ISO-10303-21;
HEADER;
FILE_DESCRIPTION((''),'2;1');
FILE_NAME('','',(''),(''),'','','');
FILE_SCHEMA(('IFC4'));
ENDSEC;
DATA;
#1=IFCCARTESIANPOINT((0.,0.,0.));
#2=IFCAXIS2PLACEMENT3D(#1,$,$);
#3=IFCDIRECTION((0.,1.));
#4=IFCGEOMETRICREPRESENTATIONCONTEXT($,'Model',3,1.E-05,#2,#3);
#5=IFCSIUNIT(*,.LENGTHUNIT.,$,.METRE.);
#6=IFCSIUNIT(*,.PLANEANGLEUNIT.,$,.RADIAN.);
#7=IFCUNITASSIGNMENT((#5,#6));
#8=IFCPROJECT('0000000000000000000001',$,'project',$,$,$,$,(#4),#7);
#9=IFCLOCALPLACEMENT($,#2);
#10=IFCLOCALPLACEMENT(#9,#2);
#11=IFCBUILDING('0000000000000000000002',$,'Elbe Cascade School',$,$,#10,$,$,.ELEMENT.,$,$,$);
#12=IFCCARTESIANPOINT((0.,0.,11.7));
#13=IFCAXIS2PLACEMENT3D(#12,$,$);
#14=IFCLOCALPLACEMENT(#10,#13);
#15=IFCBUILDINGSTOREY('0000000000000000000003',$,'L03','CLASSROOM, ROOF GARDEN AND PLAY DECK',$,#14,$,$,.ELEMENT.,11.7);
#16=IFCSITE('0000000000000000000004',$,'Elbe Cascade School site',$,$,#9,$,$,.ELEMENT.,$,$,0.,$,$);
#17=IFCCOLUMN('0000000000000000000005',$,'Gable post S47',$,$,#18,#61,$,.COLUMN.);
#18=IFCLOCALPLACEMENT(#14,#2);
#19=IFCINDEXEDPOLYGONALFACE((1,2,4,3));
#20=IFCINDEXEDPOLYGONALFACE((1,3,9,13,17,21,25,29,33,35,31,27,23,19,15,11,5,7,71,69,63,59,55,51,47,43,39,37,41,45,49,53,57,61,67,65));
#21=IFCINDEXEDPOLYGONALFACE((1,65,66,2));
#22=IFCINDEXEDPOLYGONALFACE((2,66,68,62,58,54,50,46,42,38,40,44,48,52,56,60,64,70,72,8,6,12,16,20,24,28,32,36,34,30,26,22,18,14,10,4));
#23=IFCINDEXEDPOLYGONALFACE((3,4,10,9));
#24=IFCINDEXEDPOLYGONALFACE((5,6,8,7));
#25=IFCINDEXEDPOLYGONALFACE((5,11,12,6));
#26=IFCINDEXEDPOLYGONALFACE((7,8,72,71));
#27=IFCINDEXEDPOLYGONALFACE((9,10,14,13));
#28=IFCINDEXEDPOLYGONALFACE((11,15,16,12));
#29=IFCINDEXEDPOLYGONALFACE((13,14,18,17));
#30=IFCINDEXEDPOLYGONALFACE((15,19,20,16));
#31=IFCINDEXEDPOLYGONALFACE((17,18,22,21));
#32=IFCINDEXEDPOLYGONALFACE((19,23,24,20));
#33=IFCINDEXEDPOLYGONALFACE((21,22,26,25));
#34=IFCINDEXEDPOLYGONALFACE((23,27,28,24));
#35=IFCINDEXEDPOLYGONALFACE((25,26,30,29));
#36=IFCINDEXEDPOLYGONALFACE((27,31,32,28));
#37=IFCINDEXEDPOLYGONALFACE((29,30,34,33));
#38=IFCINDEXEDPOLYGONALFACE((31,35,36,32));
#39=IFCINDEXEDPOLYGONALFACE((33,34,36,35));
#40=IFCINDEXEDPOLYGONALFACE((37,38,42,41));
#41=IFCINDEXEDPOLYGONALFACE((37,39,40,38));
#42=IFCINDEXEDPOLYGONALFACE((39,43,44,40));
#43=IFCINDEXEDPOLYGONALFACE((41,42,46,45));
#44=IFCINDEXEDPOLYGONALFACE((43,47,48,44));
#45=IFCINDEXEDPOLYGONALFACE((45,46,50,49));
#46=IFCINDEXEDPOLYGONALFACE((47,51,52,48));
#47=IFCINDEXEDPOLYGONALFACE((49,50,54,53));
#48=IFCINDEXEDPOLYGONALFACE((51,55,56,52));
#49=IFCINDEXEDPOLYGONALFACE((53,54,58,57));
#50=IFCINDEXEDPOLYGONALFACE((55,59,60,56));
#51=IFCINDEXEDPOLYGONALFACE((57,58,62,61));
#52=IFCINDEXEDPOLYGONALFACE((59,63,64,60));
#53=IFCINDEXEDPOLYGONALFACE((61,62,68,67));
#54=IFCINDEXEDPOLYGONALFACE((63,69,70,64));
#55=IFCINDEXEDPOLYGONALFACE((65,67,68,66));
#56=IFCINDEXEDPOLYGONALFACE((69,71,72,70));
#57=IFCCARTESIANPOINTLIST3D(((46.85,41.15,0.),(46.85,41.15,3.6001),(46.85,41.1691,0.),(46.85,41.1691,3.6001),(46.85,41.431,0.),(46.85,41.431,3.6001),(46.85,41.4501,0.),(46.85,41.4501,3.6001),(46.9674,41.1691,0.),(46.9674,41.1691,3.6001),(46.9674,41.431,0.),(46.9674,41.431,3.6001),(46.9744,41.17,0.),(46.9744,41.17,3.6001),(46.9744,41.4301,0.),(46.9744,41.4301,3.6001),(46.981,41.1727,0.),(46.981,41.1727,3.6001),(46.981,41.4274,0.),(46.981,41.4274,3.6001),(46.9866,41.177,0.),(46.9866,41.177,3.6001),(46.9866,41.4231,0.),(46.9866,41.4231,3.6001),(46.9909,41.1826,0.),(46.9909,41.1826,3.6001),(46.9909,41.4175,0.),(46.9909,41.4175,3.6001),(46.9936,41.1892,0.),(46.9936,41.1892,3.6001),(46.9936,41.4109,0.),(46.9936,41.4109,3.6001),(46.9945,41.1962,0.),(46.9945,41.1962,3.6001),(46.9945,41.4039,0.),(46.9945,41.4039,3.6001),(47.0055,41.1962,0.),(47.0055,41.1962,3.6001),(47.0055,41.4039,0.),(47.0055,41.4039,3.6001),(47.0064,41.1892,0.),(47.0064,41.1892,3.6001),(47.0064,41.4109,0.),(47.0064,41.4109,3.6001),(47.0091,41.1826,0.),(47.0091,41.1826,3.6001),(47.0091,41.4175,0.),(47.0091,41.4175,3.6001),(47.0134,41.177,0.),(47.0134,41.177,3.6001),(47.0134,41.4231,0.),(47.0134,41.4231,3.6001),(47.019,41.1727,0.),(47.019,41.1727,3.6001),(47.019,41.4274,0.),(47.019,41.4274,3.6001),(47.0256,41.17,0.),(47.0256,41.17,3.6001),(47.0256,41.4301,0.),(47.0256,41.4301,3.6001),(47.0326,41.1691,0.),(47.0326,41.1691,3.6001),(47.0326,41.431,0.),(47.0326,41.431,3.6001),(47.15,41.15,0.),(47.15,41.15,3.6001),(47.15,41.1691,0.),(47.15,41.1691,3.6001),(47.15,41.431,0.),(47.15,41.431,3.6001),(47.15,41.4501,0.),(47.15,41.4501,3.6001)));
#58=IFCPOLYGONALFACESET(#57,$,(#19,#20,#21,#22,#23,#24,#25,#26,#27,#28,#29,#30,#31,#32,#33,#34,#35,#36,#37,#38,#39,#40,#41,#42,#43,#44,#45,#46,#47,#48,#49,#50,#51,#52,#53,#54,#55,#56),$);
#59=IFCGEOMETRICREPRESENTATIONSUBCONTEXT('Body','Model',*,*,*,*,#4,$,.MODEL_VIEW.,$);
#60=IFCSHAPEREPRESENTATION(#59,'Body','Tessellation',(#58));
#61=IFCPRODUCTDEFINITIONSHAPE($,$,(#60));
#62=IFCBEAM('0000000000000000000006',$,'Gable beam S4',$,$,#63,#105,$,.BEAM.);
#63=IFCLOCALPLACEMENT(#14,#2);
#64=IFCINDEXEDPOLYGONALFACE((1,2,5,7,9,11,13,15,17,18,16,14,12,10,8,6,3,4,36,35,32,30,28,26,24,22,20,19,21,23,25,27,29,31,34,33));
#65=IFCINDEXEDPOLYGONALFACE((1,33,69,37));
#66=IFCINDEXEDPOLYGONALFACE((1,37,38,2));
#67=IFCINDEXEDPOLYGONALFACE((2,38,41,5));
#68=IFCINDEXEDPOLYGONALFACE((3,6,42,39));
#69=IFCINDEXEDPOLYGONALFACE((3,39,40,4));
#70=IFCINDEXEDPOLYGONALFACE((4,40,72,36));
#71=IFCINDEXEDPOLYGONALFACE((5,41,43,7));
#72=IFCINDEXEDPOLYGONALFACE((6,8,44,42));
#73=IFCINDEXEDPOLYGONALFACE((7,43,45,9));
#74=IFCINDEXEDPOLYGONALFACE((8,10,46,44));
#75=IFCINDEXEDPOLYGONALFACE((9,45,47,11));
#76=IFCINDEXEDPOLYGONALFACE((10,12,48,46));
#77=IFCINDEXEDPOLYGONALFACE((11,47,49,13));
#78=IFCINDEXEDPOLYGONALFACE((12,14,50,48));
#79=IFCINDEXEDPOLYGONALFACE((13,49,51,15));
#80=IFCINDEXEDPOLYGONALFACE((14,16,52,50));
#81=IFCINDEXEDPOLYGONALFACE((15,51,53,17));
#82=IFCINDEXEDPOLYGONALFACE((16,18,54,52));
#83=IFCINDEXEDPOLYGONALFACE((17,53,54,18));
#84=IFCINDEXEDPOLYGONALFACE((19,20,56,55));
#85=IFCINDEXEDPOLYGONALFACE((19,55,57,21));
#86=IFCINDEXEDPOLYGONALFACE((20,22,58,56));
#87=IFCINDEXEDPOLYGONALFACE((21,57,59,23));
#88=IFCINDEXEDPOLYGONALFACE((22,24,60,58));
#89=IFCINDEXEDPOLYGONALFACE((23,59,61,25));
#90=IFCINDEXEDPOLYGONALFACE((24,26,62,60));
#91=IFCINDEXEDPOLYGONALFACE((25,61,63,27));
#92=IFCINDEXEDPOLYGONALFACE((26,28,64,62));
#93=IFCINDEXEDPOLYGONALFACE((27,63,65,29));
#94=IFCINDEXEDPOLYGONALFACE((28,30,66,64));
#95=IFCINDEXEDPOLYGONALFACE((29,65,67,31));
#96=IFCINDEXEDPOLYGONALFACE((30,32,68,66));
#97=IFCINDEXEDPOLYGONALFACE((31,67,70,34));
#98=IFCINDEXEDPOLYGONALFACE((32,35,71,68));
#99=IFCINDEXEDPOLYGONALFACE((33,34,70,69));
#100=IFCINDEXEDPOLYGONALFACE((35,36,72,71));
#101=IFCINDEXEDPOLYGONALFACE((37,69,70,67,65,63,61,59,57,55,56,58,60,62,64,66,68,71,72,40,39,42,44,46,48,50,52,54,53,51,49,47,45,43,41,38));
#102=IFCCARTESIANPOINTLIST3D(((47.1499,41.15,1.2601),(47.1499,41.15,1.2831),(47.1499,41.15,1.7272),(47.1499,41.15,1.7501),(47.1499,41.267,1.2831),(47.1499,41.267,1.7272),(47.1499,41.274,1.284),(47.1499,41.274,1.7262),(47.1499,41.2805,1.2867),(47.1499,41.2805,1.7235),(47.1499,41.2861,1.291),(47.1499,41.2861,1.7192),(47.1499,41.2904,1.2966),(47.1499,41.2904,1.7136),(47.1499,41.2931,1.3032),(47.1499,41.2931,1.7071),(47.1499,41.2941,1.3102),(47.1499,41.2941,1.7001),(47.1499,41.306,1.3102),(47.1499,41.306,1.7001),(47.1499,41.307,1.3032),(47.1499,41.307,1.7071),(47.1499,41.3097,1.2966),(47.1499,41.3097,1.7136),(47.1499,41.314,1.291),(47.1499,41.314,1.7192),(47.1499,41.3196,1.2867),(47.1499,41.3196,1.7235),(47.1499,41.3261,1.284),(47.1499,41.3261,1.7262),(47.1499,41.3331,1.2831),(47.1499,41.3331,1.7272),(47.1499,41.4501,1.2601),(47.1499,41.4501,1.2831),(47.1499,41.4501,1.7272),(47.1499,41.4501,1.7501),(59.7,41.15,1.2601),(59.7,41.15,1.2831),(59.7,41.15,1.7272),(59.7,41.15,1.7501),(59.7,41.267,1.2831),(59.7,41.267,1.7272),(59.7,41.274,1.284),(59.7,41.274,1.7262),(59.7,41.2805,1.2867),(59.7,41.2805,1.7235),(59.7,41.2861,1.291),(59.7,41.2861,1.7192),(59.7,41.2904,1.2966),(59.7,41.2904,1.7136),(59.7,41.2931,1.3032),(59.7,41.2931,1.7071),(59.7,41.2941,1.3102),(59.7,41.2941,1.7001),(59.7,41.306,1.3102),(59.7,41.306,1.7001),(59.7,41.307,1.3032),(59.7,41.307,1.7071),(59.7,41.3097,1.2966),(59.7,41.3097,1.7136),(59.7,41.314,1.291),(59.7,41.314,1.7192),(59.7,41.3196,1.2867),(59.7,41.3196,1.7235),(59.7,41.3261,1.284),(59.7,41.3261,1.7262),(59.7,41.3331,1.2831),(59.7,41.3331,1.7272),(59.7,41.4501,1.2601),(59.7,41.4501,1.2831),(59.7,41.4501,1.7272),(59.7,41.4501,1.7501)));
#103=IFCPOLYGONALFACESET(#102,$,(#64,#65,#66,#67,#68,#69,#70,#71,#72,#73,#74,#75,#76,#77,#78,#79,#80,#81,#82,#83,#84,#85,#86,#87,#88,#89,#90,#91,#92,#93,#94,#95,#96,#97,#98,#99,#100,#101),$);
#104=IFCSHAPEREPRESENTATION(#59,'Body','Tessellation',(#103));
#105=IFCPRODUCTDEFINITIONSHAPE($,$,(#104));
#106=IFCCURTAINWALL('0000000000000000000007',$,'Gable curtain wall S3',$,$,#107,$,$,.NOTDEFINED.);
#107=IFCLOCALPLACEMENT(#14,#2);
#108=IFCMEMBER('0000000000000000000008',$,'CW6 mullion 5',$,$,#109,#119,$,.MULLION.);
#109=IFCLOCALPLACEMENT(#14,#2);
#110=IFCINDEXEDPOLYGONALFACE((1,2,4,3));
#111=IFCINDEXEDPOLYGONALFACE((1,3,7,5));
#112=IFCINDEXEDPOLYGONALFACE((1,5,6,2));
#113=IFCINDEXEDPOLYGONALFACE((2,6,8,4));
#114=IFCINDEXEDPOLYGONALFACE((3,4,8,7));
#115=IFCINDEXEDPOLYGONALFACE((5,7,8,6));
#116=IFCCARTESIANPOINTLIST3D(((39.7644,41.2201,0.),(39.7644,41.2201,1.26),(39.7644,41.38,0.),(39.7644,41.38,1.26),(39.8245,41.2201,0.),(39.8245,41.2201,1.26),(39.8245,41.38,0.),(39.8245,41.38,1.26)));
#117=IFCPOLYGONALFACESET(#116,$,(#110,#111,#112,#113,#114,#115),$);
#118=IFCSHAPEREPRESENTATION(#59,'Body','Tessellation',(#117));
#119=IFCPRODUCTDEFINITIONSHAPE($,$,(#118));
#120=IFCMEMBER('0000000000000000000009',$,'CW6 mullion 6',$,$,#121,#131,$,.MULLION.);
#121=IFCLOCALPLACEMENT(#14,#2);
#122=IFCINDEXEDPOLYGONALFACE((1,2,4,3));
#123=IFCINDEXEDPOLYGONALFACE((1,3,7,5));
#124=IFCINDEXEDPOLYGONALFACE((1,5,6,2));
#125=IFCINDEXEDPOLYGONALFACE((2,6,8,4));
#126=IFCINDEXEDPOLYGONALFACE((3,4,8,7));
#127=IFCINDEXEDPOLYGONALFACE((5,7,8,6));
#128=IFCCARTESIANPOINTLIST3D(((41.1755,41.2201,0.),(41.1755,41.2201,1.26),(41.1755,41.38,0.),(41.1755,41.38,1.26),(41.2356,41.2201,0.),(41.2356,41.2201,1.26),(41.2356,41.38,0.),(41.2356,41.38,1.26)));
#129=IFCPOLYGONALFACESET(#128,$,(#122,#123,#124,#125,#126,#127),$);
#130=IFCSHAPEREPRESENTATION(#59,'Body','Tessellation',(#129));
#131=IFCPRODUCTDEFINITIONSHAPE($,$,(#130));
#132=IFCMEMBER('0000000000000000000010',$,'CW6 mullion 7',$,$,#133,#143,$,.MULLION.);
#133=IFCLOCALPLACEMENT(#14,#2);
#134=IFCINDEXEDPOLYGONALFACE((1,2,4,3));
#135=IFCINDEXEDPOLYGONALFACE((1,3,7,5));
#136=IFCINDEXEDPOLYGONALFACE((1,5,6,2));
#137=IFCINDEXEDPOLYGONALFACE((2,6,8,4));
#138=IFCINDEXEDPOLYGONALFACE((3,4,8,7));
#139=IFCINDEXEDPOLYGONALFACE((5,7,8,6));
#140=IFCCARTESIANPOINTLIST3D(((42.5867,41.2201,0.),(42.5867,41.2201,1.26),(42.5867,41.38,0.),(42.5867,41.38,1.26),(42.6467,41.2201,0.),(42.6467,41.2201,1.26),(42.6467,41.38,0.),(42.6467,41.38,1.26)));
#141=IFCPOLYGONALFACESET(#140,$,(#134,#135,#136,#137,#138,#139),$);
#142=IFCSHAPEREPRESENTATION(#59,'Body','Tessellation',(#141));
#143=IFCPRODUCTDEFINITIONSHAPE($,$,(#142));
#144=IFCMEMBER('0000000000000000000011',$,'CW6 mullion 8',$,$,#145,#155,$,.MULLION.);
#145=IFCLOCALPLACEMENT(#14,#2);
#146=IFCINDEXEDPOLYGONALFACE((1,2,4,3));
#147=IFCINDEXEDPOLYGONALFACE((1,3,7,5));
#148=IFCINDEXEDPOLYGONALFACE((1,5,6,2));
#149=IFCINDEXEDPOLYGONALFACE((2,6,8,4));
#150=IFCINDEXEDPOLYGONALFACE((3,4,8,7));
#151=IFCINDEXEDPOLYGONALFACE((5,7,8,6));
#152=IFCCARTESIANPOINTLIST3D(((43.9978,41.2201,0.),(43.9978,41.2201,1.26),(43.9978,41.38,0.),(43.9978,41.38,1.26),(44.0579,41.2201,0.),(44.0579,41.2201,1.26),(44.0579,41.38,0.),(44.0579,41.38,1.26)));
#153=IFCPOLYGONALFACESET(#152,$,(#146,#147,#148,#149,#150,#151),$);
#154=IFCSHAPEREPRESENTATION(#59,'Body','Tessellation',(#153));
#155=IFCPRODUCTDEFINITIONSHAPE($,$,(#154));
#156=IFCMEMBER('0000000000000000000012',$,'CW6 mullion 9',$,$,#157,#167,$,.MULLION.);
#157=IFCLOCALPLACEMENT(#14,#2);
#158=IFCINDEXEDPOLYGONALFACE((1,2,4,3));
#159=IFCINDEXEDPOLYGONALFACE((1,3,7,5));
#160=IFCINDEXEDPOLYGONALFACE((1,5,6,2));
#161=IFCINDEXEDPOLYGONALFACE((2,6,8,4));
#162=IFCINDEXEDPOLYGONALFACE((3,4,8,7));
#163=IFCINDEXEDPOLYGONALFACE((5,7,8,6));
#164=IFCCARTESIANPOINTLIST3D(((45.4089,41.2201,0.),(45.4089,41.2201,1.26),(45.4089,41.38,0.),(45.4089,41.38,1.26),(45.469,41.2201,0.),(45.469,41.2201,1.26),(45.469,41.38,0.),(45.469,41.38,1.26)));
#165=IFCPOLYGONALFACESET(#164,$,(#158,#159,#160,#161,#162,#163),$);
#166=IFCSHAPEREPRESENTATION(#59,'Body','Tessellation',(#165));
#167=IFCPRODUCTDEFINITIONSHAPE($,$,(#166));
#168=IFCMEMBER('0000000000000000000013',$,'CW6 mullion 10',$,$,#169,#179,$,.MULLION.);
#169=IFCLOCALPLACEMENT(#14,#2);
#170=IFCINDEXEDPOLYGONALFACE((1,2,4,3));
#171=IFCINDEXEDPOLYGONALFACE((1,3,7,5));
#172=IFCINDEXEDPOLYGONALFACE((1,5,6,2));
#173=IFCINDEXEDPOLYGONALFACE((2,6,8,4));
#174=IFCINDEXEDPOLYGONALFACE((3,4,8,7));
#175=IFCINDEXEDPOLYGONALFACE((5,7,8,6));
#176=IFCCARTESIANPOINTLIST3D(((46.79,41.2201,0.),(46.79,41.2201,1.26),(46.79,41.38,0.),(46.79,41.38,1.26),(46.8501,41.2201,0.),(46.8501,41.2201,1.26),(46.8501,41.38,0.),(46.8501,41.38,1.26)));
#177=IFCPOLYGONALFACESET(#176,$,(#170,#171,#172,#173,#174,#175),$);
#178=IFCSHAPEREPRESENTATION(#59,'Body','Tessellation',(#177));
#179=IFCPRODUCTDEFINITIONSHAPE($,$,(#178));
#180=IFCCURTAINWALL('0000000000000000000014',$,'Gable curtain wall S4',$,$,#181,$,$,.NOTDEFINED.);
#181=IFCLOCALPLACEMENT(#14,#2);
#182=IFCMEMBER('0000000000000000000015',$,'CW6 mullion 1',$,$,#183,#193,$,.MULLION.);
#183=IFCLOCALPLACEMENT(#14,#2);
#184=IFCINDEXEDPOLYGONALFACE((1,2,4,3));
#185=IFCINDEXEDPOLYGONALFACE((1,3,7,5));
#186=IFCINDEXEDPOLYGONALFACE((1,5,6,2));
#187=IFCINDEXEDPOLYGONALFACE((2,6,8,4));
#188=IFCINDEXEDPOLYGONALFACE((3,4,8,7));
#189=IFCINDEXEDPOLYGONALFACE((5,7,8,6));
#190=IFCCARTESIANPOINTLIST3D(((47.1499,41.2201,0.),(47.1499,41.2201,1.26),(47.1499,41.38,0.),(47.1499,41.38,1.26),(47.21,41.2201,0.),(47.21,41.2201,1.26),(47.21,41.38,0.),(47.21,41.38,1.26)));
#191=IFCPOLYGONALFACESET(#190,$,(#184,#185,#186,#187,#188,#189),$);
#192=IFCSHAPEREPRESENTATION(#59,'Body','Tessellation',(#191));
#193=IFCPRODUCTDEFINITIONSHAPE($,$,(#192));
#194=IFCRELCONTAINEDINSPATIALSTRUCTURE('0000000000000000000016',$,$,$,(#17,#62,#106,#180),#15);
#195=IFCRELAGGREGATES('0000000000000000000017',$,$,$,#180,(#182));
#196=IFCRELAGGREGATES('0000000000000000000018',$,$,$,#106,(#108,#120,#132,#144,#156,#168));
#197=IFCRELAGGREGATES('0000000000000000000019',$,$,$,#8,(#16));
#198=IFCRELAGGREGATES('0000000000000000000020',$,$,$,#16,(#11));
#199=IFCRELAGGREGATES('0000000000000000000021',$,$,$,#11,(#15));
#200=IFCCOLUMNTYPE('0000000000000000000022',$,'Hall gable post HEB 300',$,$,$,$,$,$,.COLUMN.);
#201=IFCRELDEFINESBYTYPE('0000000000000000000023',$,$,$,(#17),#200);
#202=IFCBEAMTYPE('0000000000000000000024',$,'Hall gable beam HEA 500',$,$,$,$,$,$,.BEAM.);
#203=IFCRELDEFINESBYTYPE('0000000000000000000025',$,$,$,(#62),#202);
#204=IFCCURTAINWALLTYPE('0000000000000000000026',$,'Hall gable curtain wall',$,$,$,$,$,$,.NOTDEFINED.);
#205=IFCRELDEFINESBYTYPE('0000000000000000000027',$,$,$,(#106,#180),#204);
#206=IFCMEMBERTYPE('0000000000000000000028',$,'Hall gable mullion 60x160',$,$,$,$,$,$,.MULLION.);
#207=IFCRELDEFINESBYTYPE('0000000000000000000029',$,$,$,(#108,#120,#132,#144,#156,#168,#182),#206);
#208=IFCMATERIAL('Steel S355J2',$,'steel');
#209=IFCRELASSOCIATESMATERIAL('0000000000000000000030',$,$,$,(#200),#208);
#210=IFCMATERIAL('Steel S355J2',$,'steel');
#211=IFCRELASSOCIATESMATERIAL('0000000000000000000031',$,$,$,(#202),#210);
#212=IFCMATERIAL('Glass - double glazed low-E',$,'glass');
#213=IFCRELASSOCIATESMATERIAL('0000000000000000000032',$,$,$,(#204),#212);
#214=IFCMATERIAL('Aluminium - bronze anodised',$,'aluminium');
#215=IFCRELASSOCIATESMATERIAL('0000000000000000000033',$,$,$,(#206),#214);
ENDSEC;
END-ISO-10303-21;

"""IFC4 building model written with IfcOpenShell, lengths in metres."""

from ifc_helpers import new_model, si_unit, direction, frame, origin, origin_2d, place, context, subcontext, project, spatial, rectangle, i_section, extrude, material, material_profile, profile_set, type_object, element, aggregate, save


model = new_model("IFC4")

# Units and contexts
model_context = context("Model", 3, precision=1e-05, world=origin(), true_north=direction((0.0, 1.0)))
body_context = subcontext(model_context, "Body", "Model", "MODEL_VIEW")
ifc_project = project(units=[si_unit("LENGTHUNIT", "METRE"), si_unit("PLANEANGLEUNIT", "RADIAN")], contexts=[model_context])

# Site, building, storey
site_placement = place(None, origin())
site = spatial("IfcSite", under=ifc_project, at=site_placement, Name="Elbe Cascade School site", CompositionType="ELEMENT", RefElevation=0.0)
building_placement = place(site_placement, origin())
building = spatial("IfcBuilding", under=site, at=building_placement, Name="Elbe Cascade School", CompositionType="ELEMENT")
storey_placement = place(building_placement, frame((0.0, 0.0, 11.7)))
storey = spatial("IfcBuildingStorey", under=building, at=storey_placement, Name="L03", Description="CLASSROOM, ROOF GARDEN AND PLAY DECK", CompositionType="ELEMENT", Elevation=11.7)

# Column
ifc_material_1 = material(Name="Steel S355J2", Category="steel")
ifc_material_profile_1 = material_profile(ifc_material_1, i_section(OverallWidth=0.3, OverallDepth=0.3, WebThickness=0.011, FlangeThickness=0.019, FilletRadius=0.0271, at=origin_2d()), Name="HEB 300")
ifc_profile_set_1 = profile_set([ifc_material_profile_1], Name="Steel S355J2")
column_type = type_object("IfcColumnType", Name="Hall gable post HEB 300", PredefinedType="COLUMN", material=ifc_profile_set_1)
column_placement = place(storey_placement, frame((47.0, 41.3, 0.0), z_axis=(0.0, 0.0, 1.0), x_axis=(1.0, 0.0, 0.0)))
element("IfcColumn", 1, at=column_placement, inside=storey, type_object=column_type, Name="Gable post S47", PredefinedType="COLUMN", context=body_context, shape_type="SweptSolid", body=[
    extrude(i_section(OverallWidth=0.3, OverallDepth=0.3, WebThickness=0.011, FlangeThickness=0.019, FilletRadius=0.0271, at=origin_2d()), origin(), (0.0, 0.0, 1.0), 3.6001),
])

# Beam
ifc_material_2 = material(Name="Steel S355J2", Category="steel")
ifc_material_profile_2 = material_profile(ifc_material_2, i_section(OverallWidth=0.3, OverallDepth=0.49, WebThickness=0.012, FlangeThickness=0.0229, FilletRadius=0.0271, at=origin_2d()), Name="HEA 500")
ifc_profile_set_2 = profile_set([ifc_material_profile_2], Name="Steel S355J2")
beam_type = type_object("IfcBeamType", Name="Hall gable beam HEA 500", PredefinedType="BEAM", material=ifc_profile_set_2)
beam_placement = place(storey_placement, frame((47.1499, 41.3, 1.5051), z_axis=(1.0, 0.0, 0.0), x_axis=(0.0, 1.0, 0.0)))
element("IfcBeam", 2, at=beam_placement, inside=storey, type_object=beam_type, Name="Gable beam S4", PredefinedType="BEAM", context=body_context, shape_type="SweptSolid", body=[
    extrude(i_section(OverallWidth=0.3, OverallDepth=0.49, WebThickness=0.012, FlangeThickness=0.0229, FilletRadius=0.0271, at=origin_2d()), origin(), (0.0, 0.0, 1.0), 12.55),
])

# Curtain wall, members
ifc_material_3 = material(Name="Glass - double glazed low-E", Category="glass")
curtain_wall_type = type_object("IfcCurtainWallType", Name="Hall gable curtain wall", PredefinedType="NOTDEFINED", material=ifc_material_3)
curtain_wall_1_placement = place(storey_placement, origin())
curtain_wall_1 = element("IfcCurtainWall", 3, at=curtain_wall_1_placement, inside=storey, type_object=curtain_wall_type, Name="Gable curtain wall S3", PredefinedType="NOTDEFINED")
ifc_material_4 = material(Name="Aluminium - bronze anodised", Category="aluminium")
ifc_material_profile_3 = material_profile(ifc_material_4, rectangle(XDim=0.1599, YDim=0.0601, at=origin_2d()), Name="Alu 60x160")
ifc_profile_set_3 = profile_set([ifc_material_profile_3], Name="Aluminium - bronze anodised")
member_type_1 = type_object("IfcMemberType", Name="Hall gable mullion 60x160", PredefinedType="MULLION", material=ifc_profile_set_3)
member_1_placement = place(storey_placement, frame((39.7944, 41.3, 0.0), z_axis=(0.0, 0.0, 1.0), x_axis=(0.0, 1.0, 0.0)))
member_1 = element("IfcMember", 4, at=member_1_placement, type_object=member_type_1, Name="CW6 mullion 5", PredefinedType="MULLION", context=body_context, shape_type="SweptSolid", body=[
    extrude(rectangle(XDim=0.1599, YDim=0.0601, at=origin_2d()), origin(), (0.0, 0.0, 1.0), 1.26),
])
member_2_placement = place(storey_placement, frame((41.2056, 41.3, 0.0), z_axis=(0.0, 0.0, 1.0), x_axis=(0.0, 1.0, 0.0)))
member_2 = element("IfcMember", 5, at=member_2_placement, type_object=member_type_1, Name="CW6 mullion 6", PredefinedType="MULLION", context=body_context, shape_type="SweptSolid", body=[
    extrude(rectangle(XDim=0.1599, YDim=0.0601, at=origin_2d()), origin(), (0.0, 0.0, 1.0), 1.26),
])
member_3_placement = place(storey_placement, frame((42.6167, 41.3, 0.0), z_axis=(0.0, 0.0, 1.0), x_axis=(0.0, 1.0, 0.0)))
member_3 = element("IfcMember", 6, at=member_3_placement, type_object=member_type_1, Name="CW6 mullion 7", PredefinedType="MULLION", context=body_context, shape_type="SweptSolid", body=[
    extrude(rectangle(XDim=0.1599, YDim=0.0601, at=origin_2d()), origin(), (0.0, 0.0, 1.0), 1.26),
])
member_4_placement = place(storey_placement, frame((44.0278, 41.3, 0.0), z_axis=(0.0, 0.0, 1.0), x_axis=(0.0, 1.0, 0.0)))
member_4 = element("IfcMember", 7, at=member_4_placement, type_object=member_type_1, Name="CW6 mullion 8", PredefinedType="MULLION", context=body_context, shape_type="SweptSolid", body=[
    extrude(rectangle(XDim=0.1599, YDim=0.0601, at=origin_2d()), origin(), (0.0, 0.0, 1.0), 1.26),
])
member_5_placement = place(storey_placement, frame((45.439, 41.3, 0.0), z_axis=(0.0, 0.0, 1.0), x_axis=(0.0, 1.0, 0.0)))
member_5 = element("IfcMember", 8, at=member_5_placement, type_object=member_type_1, Name="CW6 mullion 9", PredefinedType="MULLION", context=body_context, shape_type="SweptSolid", body=[
    extrude(rectangle(XDim=0.1599, YDim=0.0601, at=origin_2d()), origin(), (0.0, 0.0, 1.0), 1.26),
])
member_6_placement = place(storey_placement, frame((46.8201, 41.3, 0.0), z_axis=(0.0, 0.0, 1.0), x_axis=(0.0, 1.0, 0.0)))
member_6 = element("IfcMember", 9, at=member_6_placement, type_object=member_type_1, Name="CW6 mullion 10", PredefinedType="MULLION", context=body_context, shape_type="SweptSolid", body=[
    extrude(rectangle(XDim=0.1599, YDim=0.0601, at=origin_2d()), origin(), (0.0, 0.0, 1.0), 1.26),
])

# Curtain wall, member
curtain_wall_2_placement = place(storey_placement, origin())
curtain_wall_2 = element("IfcCurtainWall", 10, at=curtain_wall_2_placement, inside=storey, type_object=curtain_wall_type, Name="Gable curtain wall S4", PredefinedType="NOTDEFINED")
member_7_placement = place(storey_placement, frame((47.1799, 41.3, 0.0), z_axis=(0.0, 0.0, 1.0), x_axis=(0.0, 1.0, 0.0)))
member_7 = element("IfcMember", 11, at=member_7_placement, type_object=member_type_1, Name="CW6 mullion 1", PredefinedType="MULLION", context=body_context, shape_type="SweptSolid", body=[
    extrude(rectangle(XDim=0.1599, YDim=0.0601, at=origin_2d()), origin(), (0.0, 0.0, 1.0), 1.26),
])

aggregate(curtain_wall_2, [member_7])

aggregate(curtain_wall_1, [member_1, member_2, member_3, member_4, member_5, member_6])

save(model, "model.ifc")
